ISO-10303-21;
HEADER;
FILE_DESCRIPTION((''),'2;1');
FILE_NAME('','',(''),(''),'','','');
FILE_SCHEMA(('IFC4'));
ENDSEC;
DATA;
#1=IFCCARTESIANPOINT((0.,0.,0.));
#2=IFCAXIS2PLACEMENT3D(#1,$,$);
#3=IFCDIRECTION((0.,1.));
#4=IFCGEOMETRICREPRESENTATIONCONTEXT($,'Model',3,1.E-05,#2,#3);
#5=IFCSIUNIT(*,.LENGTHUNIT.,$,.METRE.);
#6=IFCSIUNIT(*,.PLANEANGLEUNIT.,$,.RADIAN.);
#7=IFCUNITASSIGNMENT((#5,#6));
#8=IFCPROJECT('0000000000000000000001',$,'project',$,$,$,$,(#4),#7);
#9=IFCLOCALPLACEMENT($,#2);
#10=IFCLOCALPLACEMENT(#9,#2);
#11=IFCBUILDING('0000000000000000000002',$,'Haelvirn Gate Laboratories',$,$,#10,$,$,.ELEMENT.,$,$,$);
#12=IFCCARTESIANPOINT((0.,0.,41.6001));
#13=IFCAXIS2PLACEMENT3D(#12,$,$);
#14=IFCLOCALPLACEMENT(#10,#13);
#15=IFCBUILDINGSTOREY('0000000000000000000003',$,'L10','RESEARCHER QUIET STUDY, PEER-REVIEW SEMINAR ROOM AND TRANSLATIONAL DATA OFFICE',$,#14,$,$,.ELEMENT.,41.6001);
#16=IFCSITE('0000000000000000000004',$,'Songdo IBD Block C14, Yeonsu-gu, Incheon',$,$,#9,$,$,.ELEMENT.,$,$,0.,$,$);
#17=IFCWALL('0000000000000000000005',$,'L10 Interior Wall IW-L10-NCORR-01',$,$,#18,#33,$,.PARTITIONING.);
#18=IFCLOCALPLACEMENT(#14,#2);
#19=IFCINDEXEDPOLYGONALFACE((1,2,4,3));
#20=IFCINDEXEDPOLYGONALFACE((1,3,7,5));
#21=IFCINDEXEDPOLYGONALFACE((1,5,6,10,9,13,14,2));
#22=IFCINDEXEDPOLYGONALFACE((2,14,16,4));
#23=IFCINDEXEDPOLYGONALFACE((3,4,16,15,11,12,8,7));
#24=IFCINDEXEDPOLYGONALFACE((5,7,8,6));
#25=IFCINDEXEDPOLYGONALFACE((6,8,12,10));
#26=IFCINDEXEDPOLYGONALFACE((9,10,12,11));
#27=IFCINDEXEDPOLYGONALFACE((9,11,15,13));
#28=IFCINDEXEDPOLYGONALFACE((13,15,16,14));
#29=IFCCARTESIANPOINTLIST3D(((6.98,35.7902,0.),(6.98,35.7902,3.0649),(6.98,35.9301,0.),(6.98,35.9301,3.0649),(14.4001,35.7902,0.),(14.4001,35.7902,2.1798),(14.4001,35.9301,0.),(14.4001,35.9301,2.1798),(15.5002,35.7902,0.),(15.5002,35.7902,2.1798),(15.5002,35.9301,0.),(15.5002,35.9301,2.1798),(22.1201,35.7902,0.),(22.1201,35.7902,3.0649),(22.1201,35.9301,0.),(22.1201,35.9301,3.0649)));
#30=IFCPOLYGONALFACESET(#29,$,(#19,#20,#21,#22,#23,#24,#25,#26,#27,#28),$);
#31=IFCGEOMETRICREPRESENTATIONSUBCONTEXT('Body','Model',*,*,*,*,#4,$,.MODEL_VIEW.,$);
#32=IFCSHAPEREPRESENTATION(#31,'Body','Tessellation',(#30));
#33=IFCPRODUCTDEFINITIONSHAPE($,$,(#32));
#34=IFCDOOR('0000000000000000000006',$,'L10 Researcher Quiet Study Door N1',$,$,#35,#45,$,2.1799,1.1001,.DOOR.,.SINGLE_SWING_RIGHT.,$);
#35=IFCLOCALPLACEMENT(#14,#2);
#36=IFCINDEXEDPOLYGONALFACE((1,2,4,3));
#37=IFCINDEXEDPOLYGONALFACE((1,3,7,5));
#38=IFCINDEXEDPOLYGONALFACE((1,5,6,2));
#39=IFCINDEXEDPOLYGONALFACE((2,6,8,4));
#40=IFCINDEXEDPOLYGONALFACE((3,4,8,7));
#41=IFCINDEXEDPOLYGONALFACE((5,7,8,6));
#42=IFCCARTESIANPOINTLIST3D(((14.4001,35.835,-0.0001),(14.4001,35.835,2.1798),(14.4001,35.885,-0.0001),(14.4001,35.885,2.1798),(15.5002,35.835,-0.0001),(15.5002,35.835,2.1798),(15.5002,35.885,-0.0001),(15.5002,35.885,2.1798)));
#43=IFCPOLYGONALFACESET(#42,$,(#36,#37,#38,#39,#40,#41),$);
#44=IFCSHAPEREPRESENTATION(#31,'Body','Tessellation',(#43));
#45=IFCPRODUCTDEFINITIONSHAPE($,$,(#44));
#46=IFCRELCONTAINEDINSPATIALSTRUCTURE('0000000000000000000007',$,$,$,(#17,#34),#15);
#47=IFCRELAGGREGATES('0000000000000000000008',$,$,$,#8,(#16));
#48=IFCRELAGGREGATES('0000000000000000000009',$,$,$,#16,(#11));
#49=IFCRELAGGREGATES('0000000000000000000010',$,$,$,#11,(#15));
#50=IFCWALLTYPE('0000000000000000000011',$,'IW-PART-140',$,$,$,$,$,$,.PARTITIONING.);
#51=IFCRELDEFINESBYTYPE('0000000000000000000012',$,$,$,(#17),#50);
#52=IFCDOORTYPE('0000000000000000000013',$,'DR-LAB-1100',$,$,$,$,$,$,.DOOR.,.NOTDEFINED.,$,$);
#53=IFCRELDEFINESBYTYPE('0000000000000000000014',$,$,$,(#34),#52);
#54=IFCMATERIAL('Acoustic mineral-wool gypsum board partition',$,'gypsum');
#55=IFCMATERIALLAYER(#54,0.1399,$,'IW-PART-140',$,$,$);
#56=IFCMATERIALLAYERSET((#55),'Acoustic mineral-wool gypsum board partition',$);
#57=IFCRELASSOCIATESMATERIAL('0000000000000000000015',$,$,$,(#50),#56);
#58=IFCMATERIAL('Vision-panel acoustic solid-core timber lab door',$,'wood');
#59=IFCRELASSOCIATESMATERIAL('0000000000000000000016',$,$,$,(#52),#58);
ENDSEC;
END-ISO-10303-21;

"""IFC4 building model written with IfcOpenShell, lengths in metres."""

from ifc_helpers import new_model, si_unit, direction, frame, frame_2d, origin, place, context, subcontext, project, spatial, rectangle, extrude, source, transform, mapped, material, layer, layer_set, type_object, type_shapes, element, fill, save


model = new_model("IFC4")

# Units and contexts
model_context = context("Model", 3, precision=1e-05, world=origin(), true_north=direction((0.0, 1.0)))
body_context = subcontext(model_context, "Body", "Model", "MODEL_VIEW")
ifc_project = project(units=[si_unit("LENGTHUNIT", "METRE"), si_unit("PLANEANGLEUNIT", "RADIAN")], contexts=[model_context])

# Site, building, storey
site_placement = place(None, origin())
site = spatial("IfcSite", under=ifc_project, at=site_placement, Name="Songdo IBD Block C14, Yeonsu-gu, Incheon", CompositionType="ELEMENT", RefElevation=0.0)
building_placement = place(site_placement, origin())
building = spatial("IfcBuilding", under=site, at=building_placement, Name="Haelvirn Gate Laboratories", CompositionType="ELEMENT")
storey_placement = place(building_placement, frame((0.0, 0.0, 41.6001)))
storey = spatial("IfcBuildingStorey", under=building, at=storey_placement, Name="L10", Description="RESEARCHER QUIET STUDY, PEER-REVIEW SEMINAR ROOM AND TRANSLATIONAL DATA OFFICE", CompositionType="ELEMENT", Elevation=41.6001)

# Wall, opening, door
ifc_material_1 = material(Name="Acoustic mineral-wool gypsum board partition", Category="gypsum")
ifc_layer_1 = layer(ifc_material_1, 0.1399, Name="IW-PART-140")
ifc_layer_set_1 = layer_set([ifc_layer_1], Name="Acoustic mineral-wool gypsum board partition")
wall_type_1 = type_object("IfcWallType", Name="IW-PART-140", PredefinedType="PARTITIONING", material=ifc_layer_set_1)
wall_1_placement = place(storey_placement, frame((6.98, 35.8601, 0.0), z_axis=(0.0, 0.0, 1.0), x_axis=(1.0, 0.0, 0.0)))
wall_1 = element("IfcWall", 1, at=wall_1_placement, inside=storey, type_object=wall_type_1, Name="L10 Interior Wall IW-L10-NCORR-01", PredefinedType="PARTITIONING", context=body_context, shape_type="SweptSolid", body=[
    extrude(rectangle(XDim=15.1401, YDim=0.1399, at=frame_2d((7.5701, 0.0))), origin(), (0.0, 0.0, 1.0), 3.0649),
])
opening_1_placement = place(wall_1_placement, frame((7.4202, 0.0, 0.0)))
opening_1 = element("IfcOpeningElement", 2, at=opening_1_placement, cuts=wall_1, PredefinedType="OPENING", context=body_context, shape_type="SweptSolid", body=[
    extrude(rectangle(XDim=1.1001, YDim=2.1799, at=frame_2d((0.55, 1.0898))), frame((0.0, 0.0801, 0.0), z_axis=(0.0, -1.0, 0.0), x_axis=(1.0, 0.0, 0.0)), (0.0, 0.0, 1.0), 0.1599),
])
ifc_material_2 = material(Name="Vision-panel acoustic solid-core timber lab door", Category="wood")
door_type_1 = type_object("IfcDoorType", Name="DR-LAB-1100", OperationType="NOTDEFINED", PredefinedType="DOOR", material=ifc_material_2)
shared_shape_1 = source(origin(), body_context, "Body", "SweptSolid", [
    extrude(rectangle(XDim=1.1001, YDim=2.1799, at=frame_2d((0.55, 1.0898))), frame((0.0, 0.0249, 0.0), z_axis=(0.0, -1.0, 0.0), x_axis=(1.0, 0.0, 0.0)), (0.0, 0.0, 1.0), 0.05),
])
type_shapes(door_type_1, [shared_shape_1])
door_1_placement = place(opening_1_placement, origin())
door_1 = element("IfcDoor", 3, at=door_1_placement, inside=storey, type_object=door_type_1, Name="L10 Researcher Quiet Study Door N1", OperationType="SINGLE_SWING_RIGHT", OverallHeight=2.1799, OverallWidth=1.1001, PredefinedType="DOOR", context=body_context, shape_type="MappedRepresentation", body=[
    mapped(shared_shape_1, transform((0.0, 0.0, 0.0), scale=1.0)),
])
fill(opening_1, door_1)

save(model, "model.ifc")
